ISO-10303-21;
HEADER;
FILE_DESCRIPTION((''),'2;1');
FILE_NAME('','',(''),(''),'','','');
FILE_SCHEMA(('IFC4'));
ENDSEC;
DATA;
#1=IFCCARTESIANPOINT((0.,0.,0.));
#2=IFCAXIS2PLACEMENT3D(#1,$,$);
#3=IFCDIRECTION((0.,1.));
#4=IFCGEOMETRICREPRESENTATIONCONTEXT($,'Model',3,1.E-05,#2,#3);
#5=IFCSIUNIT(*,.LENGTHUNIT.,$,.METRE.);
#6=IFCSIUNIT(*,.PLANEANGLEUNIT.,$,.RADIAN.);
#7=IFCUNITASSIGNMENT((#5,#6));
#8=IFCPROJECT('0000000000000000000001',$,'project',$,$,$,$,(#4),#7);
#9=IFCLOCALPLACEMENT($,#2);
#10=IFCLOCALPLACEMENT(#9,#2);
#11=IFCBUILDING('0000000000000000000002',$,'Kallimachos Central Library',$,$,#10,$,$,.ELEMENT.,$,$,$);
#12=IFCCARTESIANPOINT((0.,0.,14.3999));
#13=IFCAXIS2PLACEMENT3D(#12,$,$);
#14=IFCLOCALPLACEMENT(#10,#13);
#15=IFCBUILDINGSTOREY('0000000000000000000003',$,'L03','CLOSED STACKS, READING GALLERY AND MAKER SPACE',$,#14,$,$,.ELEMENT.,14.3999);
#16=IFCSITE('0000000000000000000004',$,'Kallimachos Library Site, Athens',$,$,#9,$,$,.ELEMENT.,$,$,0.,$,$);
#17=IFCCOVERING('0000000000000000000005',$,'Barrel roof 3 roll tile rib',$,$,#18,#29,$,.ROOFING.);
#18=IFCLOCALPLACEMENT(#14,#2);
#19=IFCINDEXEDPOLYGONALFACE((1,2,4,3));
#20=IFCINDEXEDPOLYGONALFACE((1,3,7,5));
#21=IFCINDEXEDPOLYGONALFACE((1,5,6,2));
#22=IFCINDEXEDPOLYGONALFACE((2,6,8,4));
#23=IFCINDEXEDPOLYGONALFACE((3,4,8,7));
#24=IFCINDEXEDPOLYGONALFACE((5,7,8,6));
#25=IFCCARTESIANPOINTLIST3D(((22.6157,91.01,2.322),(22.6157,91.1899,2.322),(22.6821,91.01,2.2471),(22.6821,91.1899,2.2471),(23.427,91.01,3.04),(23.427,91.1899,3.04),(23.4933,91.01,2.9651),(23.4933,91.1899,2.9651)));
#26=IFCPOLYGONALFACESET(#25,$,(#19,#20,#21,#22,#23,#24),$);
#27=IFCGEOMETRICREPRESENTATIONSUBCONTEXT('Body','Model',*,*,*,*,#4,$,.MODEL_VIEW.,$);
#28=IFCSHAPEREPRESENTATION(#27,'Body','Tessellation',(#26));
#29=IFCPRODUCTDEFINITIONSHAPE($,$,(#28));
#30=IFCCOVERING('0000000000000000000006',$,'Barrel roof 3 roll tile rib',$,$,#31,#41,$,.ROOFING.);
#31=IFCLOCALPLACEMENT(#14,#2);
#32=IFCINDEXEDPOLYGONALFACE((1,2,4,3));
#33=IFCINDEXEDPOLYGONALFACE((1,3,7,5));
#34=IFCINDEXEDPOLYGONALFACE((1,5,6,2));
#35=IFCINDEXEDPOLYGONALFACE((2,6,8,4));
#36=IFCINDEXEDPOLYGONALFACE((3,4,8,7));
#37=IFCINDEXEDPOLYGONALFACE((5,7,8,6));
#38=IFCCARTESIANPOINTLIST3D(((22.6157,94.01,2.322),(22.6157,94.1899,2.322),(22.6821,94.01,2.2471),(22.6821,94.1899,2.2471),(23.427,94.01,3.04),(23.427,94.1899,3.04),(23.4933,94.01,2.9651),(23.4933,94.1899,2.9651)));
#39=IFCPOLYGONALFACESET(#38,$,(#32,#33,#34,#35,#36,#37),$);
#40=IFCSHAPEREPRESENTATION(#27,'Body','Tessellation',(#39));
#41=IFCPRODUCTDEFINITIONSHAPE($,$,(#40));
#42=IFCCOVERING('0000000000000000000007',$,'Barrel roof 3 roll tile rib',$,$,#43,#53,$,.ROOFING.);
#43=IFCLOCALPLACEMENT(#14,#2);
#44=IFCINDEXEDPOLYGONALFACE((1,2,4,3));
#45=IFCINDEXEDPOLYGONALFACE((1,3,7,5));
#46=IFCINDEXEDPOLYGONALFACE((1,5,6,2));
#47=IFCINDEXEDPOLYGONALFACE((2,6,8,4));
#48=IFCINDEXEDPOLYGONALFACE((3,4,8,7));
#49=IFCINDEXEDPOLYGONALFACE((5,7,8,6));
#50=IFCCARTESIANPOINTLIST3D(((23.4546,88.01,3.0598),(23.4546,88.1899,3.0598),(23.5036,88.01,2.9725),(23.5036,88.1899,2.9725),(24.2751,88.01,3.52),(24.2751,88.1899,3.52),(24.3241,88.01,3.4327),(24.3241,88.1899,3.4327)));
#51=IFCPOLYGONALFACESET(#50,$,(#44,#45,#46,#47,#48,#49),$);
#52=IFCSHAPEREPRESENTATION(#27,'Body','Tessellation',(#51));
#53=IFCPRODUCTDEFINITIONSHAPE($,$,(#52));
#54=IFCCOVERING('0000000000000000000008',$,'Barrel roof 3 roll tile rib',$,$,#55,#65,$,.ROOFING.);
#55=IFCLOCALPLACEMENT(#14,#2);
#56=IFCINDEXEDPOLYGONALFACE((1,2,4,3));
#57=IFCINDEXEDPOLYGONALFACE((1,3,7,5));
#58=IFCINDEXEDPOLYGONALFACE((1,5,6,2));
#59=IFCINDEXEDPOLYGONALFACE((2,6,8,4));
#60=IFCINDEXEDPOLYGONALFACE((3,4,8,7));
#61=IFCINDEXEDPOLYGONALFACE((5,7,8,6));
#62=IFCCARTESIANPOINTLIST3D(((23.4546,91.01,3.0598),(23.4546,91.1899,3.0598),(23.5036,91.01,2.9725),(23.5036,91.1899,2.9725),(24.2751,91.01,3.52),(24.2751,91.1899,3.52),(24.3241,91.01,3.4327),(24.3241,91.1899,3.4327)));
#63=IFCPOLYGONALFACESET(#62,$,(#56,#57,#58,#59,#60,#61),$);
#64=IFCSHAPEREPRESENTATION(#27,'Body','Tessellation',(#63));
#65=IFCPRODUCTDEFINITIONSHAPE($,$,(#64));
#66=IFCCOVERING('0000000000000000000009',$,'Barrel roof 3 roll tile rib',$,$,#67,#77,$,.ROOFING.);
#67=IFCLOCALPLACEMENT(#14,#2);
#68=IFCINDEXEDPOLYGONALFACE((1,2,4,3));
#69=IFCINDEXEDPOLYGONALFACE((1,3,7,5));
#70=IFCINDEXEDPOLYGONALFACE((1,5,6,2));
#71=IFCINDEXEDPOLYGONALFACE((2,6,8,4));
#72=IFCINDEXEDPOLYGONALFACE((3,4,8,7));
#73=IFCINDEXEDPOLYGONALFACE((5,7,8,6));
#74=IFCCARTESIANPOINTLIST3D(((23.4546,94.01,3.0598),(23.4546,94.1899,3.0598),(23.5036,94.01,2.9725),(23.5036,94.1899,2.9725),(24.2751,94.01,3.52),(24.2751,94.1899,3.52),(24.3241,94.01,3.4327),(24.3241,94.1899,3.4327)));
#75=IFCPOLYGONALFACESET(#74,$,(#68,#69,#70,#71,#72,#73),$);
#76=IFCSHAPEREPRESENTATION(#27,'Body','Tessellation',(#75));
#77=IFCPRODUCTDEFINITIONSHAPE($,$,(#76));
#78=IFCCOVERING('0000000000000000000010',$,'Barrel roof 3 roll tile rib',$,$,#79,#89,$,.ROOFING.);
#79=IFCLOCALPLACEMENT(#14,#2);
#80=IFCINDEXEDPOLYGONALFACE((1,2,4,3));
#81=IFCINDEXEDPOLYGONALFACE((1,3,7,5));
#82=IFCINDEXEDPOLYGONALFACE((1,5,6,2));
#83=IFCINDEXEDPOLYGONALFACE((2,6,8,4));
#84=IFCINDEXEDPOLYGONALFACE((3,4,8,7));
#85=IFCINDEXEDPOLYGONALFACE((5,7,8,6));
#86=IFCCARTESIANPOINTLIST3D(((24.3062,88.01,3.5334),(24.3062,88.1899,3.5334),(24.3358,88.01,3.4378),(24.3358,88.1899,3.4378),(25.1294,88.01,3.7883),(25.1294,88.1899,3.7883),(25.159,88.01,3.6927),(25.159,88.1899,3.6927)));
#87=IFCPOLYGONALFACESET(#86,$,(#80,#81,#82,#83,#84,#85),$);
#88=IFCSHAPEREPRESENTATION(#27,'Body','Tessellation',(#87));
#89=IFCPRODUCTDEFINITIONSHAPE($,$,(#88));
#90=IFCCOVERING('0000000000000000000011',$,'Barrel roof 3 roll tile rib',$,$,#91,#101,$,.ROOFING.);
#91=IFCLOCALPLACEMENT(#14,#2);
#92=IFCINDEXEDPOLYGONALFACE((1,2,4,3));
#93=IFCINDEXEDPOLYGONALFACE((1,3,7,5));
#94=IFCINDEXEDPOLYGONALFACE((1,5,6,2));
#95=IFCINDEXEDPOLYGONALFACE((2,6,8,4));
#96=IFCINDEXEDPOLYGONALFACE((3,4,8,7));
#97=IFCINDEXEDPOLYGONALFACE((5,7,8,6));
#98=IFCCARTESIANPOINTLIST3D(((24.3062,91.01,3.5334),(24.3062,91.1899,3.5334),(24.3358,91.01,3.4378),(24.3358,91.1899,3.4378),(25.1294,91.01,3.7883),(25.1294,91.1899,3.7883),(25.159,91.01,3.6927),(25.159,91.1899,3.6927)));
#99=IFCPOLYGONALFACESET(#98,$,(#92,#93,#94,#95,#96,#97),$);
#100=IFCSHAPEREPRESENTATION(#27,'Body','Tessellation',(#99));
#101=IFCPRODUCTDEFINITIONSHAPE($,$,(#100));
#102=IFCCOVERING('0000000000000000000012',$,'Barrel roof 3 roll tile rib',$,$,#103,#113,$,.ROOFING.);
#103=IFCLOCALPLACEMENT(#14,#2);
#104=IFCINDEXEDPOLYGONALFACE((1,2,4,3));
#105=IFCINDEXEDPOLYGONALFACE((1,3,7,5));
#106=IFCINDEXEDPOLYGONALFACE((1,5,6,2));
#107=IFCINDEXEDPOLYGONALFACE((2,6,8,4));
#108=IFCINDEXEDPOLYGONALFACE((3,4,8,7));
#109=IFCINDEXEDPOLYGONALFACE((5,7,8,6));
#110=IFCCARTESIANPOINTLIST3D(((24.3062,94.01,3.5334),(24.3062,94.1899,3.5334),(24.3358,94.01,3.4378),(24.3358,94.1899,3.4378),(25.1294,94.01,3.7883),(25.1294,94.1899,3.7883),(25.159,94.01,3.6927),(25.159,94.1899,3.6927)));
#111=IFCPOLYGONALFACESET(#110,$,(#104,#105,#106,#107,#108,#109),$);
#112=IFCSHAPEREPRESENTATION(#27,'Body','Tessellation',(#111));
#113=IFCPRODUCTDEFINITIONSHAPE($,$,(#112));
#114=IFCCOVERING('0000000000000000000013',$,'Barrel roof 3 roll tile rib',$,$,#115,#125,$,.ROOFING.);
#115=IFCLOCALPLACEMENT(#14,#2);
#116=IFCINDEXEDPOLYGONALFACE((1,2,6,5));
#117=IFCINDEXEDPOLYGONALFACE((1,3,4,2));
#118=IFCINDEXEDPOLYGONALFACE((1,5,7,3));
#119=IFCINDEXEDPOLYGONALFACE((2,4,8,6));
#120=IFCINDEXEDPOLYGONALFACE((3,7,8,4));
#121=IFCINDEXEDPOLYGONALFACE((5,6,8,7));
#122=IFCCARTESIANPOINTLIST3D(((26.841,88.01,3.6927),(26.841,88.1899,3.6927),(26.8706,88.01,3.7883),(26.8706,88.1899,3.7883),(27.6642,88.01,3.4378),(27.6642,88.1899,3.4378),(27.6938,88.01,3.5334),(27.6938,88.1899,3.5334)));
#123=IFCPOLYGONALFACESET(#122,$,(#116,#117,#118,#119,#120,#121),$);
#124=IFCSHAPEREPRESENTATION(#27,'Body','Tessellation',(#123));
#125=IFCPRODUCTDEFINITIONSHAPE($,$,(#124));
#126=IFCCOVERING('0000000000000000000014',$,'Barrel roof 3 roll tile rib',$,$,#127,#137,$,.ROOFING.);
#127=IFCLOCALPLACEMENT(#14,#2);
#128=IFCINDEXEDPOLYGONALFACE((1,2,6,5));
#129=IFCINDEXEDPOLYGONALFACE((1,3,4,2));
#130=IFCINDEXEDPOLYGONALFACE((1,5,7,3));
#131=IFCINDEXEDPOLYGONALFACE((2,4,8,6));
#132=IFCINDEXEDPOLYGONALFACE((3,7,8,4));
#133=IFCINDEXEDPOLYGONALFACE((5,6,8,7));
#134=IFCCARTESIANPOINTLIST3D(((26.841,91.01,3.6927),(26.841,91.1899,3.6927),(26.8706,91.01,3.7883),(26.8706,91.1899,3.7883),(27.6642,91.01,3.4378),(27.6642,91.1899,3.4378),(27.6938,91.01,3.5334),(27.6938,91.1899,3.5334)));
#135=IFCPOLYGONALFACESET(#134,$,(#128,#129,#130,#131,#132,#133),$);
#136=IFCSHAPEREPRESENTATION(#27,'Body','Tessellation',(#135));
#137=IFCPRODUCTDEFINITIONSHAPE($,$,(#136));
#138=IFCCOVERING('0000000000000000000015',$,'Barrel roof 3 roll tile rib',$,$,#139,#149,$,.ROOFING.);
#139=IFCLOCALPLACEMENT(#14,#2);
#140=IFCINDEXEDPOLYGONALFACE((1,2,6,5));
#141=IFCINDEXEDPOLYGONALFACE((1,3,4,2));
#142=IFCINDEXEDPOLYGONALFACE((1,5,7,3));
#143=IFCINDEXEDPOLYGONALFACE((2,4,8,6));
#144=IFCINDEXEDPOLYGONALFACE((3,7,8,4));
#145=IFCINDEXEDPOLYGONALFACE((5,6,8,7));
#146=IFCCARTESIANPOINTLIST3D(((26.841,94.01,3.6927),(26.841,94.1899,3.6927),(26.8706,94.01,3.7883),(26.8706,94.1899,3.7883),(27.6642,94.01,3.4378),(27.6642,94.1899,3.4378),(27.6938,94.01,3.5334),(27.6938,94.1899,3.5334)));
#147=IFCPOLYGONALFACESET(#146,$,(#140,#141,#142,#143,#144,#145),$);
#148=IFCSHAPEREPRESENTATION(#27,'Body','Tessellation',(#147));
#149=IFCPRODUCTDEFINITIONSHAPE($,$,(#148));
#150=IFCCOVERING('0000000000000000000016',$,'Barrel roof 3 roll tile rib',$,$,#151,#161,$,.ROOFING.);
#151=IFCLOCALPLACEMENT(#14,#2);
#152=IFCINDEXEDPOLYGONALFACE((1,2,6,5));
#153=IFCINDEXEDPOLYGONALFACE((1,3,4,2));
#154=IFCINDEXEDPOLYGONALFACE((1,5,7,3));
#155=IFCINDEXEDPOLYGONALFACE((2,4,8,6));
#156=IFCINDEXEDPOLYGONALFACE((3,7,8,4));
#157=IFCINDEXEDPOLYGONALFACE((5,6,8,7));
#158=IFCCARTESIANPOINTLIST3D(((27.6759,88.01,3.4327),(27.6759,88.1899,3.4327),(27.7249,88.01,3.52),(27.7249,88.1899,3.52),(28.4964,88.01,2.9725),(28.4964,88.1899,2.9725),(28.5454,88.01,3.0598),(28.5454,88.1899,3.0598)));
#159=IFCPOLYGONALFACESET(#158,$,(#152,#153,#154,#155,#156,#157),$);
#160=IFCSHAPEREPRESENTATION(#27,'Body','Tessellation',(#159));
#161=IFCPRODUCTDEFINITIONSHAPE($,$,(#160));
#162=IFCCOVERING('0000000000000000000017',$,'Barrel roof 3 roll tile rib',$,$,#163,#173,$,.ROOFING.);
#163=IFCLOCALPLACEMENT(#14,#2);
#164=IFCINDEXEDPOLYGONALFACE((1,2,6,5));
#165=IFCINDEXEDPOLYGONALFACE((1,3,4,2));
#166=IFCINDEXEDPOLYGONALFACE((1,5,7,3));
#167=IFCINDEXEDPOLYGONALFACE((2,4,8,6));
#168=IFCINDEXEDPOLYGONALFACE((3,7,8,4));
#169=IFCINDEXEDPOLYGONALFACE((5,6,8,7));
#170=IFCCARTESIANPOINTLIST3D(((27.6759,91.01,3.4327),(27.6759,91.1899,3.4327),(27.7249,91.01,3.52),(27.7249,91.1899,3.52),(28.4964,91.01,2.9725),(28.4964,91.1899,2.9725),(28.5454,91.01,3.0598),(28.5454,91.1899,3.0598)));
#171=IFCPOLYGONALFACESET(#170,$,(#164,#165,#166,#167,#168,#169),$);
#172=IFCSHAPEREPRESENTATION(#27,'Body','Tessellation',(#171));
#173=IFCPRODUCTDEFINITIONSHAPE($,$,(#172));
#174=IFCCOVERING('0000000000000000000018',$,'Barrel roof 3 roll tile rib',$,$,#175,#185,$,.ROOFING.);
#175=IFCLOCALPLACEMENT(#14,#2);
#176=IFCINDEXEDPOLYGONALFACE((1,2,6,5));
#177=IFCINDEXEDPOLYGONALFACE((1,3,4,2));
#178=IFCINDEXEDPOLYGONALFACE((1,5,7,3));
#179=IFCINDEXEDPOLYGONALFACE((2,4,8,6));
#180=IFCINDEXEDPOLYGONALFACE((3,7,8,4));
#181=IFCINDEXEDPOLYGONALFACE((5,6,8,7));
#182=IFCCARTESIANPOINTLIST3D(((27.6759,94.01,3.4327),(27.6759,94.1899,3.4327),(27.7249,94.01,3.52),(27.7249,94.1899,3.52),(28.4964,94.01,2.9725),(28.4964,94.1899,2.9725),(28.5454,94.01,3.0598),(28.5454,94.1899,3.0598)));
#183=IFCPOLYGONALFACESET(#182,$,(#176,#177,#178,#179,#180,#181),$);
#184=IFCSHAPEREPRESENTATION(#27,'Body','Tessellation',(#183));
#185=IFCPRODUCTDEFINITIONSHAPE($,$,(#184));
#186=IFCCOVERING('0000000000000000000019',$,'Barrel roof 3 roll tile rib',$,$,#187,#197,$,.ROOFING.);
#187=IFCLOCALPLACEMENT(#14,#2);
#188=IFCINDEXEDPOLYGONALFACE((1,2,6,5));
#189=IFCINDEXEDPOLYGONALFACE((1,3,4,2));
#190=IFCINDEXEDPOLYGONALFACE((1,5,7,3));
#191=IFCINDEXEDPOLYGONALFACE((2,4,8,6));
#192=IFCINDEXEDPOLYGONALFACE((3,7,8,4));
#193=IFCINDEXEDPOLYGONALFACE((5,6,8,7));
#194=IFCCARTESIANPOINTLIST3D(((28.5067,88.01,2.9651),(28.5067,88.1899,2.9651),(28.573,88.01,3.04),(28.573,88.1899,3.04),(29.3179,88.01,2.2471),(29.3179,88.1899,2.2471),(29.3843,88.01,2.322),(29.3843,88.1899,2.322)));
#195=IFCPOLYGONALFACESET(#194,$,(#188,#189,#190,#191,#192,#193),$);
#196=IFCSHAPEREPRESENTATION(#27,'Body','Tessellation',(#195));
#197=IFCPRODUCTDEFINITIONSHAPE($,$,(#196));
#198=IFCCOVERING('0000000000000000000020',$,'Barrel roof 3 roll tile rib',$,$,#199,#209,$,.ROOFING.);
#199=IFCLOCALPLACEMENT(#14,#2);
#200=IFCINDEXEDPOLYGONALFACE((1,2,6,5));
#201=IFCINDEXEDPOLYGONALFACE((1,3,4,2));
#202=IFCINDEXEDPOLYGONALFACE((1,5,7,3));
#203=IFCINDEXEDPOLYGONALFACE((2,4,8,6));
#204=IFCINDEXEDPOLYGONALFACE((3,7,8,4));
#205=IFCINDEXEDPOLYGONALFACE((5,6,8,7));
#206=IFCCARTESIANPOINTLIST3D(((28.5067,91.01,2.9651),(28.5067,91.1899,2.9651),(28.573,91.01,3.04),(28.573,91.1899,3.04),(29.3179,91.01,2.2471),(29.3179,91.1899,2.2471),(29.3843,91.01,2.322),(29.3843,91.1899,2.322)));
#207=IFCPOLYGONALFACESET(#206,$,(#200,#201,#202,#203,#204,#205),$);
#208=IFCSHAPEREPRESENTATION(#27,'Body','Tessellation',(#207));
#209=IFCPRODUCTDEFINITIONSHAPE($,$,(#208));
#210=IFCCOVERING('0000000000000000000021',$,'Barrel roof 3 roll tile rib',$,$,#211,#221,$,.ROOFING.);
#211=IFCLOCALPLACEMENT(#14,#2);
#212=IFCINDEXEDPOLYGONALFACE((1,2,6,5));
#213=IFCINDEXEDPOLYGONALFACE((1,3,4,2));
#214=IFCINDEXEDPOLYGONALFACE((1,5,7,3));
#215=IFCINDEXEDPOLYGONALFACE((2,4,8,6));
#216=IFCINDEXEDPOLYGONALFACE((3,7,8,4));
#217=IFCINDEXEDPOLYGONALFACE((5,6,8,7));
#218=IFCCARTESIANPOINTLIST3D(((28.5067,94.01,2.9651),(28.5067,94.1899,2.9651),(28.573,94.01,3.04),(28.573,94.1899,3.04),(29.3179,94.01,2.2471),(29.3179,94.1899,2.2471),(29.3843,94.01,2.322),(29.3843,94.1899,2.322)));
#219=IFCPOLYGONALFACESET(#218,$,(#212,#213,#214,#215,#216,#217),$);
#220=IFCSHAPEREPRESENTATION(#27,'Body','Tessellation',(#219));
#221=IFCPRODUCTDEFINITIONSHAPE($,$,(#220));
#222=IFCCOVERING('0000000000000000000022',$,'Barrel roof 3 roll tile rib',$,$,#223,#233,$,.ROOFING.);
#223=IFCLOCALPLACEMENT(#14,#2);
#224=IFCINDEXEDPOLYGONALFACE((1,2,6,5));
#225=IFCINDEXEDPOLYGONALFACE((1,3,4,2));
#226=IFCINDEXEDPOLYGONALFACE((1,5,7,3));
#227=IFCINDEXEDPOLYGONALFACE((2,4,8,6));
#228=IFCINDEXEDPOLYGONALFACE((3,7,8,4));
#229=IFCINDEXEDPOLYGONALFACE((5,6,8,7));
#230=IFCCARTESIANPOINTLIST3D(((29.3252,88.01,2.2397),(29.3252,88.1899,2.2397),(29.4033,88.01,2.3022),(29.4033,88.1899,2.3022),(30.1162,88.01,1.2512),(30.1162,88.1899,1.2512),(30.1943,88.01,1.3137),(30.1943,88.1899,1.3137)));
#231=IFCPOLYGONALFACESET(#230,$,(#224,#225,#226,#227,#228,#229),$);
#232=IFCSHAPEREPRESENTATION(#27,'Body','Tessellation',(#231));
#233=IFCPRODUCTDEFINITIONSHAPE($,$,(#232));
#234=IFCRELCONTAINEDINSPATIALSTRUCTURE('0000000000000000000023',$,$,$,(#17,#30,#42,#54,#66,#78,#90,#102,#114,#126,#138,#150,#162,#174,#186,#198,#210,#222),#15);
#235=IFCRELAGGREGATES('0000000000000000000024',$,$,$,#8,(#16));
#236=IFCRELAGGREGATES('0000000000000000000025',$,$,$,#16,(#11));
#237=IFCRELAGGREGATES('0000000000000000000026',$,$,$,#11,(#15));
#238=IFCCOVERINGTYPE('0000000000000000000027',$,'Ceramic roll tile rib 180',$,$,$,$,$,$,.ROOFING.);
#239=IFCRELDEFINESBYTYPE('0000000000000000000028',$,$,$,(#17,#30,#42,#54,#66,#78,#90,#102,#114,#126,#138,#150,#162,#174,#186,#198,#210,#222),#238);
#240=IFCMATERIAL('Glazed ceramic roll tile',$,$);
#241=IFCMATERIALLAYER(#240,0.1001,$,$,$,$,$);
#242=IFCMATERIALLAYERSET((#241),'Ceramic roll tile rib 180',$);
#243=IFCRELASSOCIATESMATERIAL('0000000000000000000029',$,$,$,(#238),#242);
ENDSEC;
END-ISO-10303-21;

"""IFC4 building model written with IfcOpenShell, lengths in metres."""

from ifc_helpers import new_model, si_unit, direction, frame, origin, place, context, subcontext, project, spatial, polyline, outline, extrude, material, layer, layer_set, type_object, element, save


model = new_model("IFC4")

# Units and contexts
model_context = context("Model", 3, precision=1e-05, world=origin(), true_north=direction((0.0, 1.0)))
body_context = subcontext(model_context, "Body", "Model", "MODEL_VIEW")
ifc_project = project(units=[si_unit("LENGTHUNIT", "METRE"), si_unit("PLANEANGLEUNIT", "RADIAN")], contexts=[model_context])

# Site, building, storey
site_placement = place(None, origin())
site = spatial("IfcSite", under=ifc_project, at=site_placement, Name="Kallimachos Library Site, Athens", CompositionType="ELEMENT", RefElevation=0.0)
building_placement = place(site_placement, origin())
building = spatial("IfcBuilding", under=site, at=building_placement, Name="Kallimachos Central Library", CompositionType="ELEMENT")
storey_placement = place(building_placement, frame((0.0, 0.0, 14.3999)))
storey = spatial("IfcBuildingStorey", under=building, at=storey_placement, Name="L03", Description="CLOSED STACKS, READING GALLERY AND MAKER SPACE", CompositionType="ELEMENT", Elevation=14.3999)

# Coverings
ifc_material_1 = material(Name="Glazed ceramic roll tile")
ifc_layer_1 = layer(ifc_material_1, 0.1001)
ifc_layer_set_1 = layer_set([ifc_layer_1], Name="Ceramic roll tile rib 180")
covering_type_1 = type_object("IfcCoveringType", Name="Ceramic roll tile rib 180", PredefinedType="ROOFING", material=ifc_layer_set_1)
for number, where, z_axis, x_axis, name in (
    (1, (22.6157, 91.01, 2.322), (-0.662754, 0.0, 0.748837), (0.748837, 0.0, 0.662754), "Barrel roof 3 roll tile rib"),
    (2, (22.6157, 94.01, 2.322), (-0.662754, 0.0, 0.748837), (0.748837, 0.0, 0.662754), "Barrel roof 3 roll tile rib"),
):
    element("IfcCovering", number, at=place(storey_placement, frame(where, z_axis=z_axis, x_axis=x_axis)), inside=storey, type_object=covering_type_1, Name=name, PredefinedType="ROOFING", context=body_context, shape_type="SweptSolid", body=[
        extrude(outline(polyline([(0.0, 0.0), (1.0834, 0.0), (1.0834, 0.1799), (0.0, 0.1799), (0.0, 0.0)])), origin(), (0.0, 0.0, -1.0), 0.1001),
    ])
for number, where, z_axis, x_axis, name in (
    (3, (23.4546, 88.01, 3.0598), (-0.489164, 0.0, 0.872192), (0.872192, 0.0, 0.489164), "Barrel roof 3 roll tile rib"),
    (4, (23.4546, 91.01, 3.0598), (-0.489164, 0.0, 0.872192), (0.872192, 0.0, 0.489164), "Barrel roof 3 roll tile rib"),
    (5, (23.4546, 94.01, 3.0598), (-0.489164, 0.0, 0.872192), (0.872192, 0.0, 0.489164), "Barrel roof 3 roll tile rib"),
):
    element("IfcCovering", number, at=place(storey_placement, frame(where, z_axis=z_axis, x_axis=x_axis)), inside=storey, type_object=covering_type_1, Name=name, PredefinedType="ROOFING", context=body_context, shape_type="SweptSolid", body=[
        extrude(outline(polyline([(0.0, 0.0), (0.9408, 0.0), (0.9408, 0.1799), (0.0, 0.1799), (0.0, 0.0)])), origin(), (0.0, 0.0, -1.0), 0.1001),
    ])
for number, where, z_axis, x_axis, name in (
    (6, (24.3062, 88.01, 3.5334), (-0.295758, 0.0, 0.955263), (0.955263, 0.0, 0.295758), "Barrel roof 3 roll tile rib"),
    (7, (24.3062, 91.01, 3.5334), (-0.295758, 0.0, 0.955263), (0.955263, 0.0, 0.295758), "Barrel roof 3 roll tile rib"),
    (8, (24.3062, 94.01, 3.5334), (-0.295758, 0.0, 0.955263), (0.955263, 0.0, 0.295758), "Barrel roof 3 roll tile rib"),
    (9, (26.8706, 88.01, 3.7883), (0.295758, 0.0, 0.955263), (0.955263, 0.0, -0.295758), "Barrel roof 3 roll tile rib"),
    (10, (26.8706, 91.01, 3.7883), (0.295758, 0.0, 0.955263), (0.955263, 0.0, -0.295758), "Barrel roof 3 roll tile rib"),
    (11, (26.8706, 94.01, 3.7883), (0.295758, 0.0, 0.955263), (0.955263, 0.0, -0.295758), "Barrel roof 3 roll tile rib"),
):
    element("IfcCovering", number, at=place(storey_placement, frame(where, z_axis=z_axis, x_axis=x_axis)), inside=storey, type_object=covering_type_1, Name=name, PredefinedType="ROOFING", context=body_context, shape_type="SweptSolid", body=[
        extrude(outline(polyline([(0.0, 0.0), (0.8618, 0.0), (0.8618, 0.1799), (0.0, 0.1799), (0.0, 0.0)])), origin(), (0.0, 0.0, -1.0), 0.1001),
    ])
for number, where, z_axis, x_axis, name in (
    (12, (27.7249, 88.01, 3.52), (0.489164, 0.0, 0.872192), (0.872192, 0.0, -0.489164), "Barrel roof 3 roll tile rib"),
    (13, (27.7249, 91.01, 3.52), (0.489164, 0.0, 0.872192), (0.872192, 0.0, -0.489164), "Barrel roof 3 roll tile rib"),
    (14, (27.7249, 94.01, 3.52), (0.489164, 0.0, 0.872192), (0.872192, 0.0, -0.489164), "Barrel roof 3 roll tile rib"),
):
    element("IfcCovering", number, at=place(storey_placement, frame(where, z_axis=z_axis, x_axis=x_axis)), inside=storey, type_object=covering_type_1, Name=name, PredefinedType="ROOFING", context=body_context, shape_type="SweptSolid", body=[
        extrude(outline(polyline([(0.0, 0.0), (0.9408, 0.0), (0.9408, 0.1799), (0.0, 0.1799), (0.0, 0.0)])), origin(), (0.0, 0.0, -1.0), 0.1001),
    ])
for number, where, z_axis, x_axis, name in (
    (15, (28.573, 88.01, 3.04), (0.662754, 0.0, 0.748837), (0.748837, 0.0, -0.662754), "Barrel roof 3 roll tile rib"),
    (16, (28.573, 91.01, 3.04), (0.662754, 0.0, 0.748837), (0.748837, 0.0, -0.662754), "Barrel roof 3 roll tile rib"),
    (17, (28.573, 94.01, 3.04), (0.662754, 0.0, 0.748837), (0.748837, 0.0, -0.662754), "Barrel roof 3 roll tile rib"),
):
    element("IfcCovering", number, at=place(storey_placement, frame(where, z_axis=z_axis, x_axis=x_axis)), inside=storey, type_object=covering_type_1, Name=name, PredefinedType="ROOFING", context=body_context, shape_type="SweptSolid", body=[
        extrude(outline(polyline([(0.0, 0.0), (1.0834, 0.0), (1.0834, 0.1799), (0.0, 0.1799), (0.0, 0.0)])), origin(), (0.0, 0.0, -1.0), 0.1001),
    ])
for number, where, z_axis, x_axis, name in (
    (18, (29.4033, 88.01, 2.3022), (0.780794, 0.0, 0.624789), (0.624789, 0.0, -0.780794), "Barrel roof 3 roll tile rib"),
):
    element("IfcCovering", number, at=place(storey_placement, frame(where, z_axis=z_axis, x_axis=x_axis)), inside=storey, type_object=covering_type_1, Name=name, PredefinedType="ROOFING", context=body_context, shape_type="SweptSolid", body=[
        extrude(outline(polyline([(0.0, 0.0), (1.2661, 0.0), (1.2661, 0.1799), (0.0, 0.1799), (0.0, 0.0)])), origin(), (0.0, 0.0, -1.0), 0.1001),
    ])

save(model, "model.ifc")
